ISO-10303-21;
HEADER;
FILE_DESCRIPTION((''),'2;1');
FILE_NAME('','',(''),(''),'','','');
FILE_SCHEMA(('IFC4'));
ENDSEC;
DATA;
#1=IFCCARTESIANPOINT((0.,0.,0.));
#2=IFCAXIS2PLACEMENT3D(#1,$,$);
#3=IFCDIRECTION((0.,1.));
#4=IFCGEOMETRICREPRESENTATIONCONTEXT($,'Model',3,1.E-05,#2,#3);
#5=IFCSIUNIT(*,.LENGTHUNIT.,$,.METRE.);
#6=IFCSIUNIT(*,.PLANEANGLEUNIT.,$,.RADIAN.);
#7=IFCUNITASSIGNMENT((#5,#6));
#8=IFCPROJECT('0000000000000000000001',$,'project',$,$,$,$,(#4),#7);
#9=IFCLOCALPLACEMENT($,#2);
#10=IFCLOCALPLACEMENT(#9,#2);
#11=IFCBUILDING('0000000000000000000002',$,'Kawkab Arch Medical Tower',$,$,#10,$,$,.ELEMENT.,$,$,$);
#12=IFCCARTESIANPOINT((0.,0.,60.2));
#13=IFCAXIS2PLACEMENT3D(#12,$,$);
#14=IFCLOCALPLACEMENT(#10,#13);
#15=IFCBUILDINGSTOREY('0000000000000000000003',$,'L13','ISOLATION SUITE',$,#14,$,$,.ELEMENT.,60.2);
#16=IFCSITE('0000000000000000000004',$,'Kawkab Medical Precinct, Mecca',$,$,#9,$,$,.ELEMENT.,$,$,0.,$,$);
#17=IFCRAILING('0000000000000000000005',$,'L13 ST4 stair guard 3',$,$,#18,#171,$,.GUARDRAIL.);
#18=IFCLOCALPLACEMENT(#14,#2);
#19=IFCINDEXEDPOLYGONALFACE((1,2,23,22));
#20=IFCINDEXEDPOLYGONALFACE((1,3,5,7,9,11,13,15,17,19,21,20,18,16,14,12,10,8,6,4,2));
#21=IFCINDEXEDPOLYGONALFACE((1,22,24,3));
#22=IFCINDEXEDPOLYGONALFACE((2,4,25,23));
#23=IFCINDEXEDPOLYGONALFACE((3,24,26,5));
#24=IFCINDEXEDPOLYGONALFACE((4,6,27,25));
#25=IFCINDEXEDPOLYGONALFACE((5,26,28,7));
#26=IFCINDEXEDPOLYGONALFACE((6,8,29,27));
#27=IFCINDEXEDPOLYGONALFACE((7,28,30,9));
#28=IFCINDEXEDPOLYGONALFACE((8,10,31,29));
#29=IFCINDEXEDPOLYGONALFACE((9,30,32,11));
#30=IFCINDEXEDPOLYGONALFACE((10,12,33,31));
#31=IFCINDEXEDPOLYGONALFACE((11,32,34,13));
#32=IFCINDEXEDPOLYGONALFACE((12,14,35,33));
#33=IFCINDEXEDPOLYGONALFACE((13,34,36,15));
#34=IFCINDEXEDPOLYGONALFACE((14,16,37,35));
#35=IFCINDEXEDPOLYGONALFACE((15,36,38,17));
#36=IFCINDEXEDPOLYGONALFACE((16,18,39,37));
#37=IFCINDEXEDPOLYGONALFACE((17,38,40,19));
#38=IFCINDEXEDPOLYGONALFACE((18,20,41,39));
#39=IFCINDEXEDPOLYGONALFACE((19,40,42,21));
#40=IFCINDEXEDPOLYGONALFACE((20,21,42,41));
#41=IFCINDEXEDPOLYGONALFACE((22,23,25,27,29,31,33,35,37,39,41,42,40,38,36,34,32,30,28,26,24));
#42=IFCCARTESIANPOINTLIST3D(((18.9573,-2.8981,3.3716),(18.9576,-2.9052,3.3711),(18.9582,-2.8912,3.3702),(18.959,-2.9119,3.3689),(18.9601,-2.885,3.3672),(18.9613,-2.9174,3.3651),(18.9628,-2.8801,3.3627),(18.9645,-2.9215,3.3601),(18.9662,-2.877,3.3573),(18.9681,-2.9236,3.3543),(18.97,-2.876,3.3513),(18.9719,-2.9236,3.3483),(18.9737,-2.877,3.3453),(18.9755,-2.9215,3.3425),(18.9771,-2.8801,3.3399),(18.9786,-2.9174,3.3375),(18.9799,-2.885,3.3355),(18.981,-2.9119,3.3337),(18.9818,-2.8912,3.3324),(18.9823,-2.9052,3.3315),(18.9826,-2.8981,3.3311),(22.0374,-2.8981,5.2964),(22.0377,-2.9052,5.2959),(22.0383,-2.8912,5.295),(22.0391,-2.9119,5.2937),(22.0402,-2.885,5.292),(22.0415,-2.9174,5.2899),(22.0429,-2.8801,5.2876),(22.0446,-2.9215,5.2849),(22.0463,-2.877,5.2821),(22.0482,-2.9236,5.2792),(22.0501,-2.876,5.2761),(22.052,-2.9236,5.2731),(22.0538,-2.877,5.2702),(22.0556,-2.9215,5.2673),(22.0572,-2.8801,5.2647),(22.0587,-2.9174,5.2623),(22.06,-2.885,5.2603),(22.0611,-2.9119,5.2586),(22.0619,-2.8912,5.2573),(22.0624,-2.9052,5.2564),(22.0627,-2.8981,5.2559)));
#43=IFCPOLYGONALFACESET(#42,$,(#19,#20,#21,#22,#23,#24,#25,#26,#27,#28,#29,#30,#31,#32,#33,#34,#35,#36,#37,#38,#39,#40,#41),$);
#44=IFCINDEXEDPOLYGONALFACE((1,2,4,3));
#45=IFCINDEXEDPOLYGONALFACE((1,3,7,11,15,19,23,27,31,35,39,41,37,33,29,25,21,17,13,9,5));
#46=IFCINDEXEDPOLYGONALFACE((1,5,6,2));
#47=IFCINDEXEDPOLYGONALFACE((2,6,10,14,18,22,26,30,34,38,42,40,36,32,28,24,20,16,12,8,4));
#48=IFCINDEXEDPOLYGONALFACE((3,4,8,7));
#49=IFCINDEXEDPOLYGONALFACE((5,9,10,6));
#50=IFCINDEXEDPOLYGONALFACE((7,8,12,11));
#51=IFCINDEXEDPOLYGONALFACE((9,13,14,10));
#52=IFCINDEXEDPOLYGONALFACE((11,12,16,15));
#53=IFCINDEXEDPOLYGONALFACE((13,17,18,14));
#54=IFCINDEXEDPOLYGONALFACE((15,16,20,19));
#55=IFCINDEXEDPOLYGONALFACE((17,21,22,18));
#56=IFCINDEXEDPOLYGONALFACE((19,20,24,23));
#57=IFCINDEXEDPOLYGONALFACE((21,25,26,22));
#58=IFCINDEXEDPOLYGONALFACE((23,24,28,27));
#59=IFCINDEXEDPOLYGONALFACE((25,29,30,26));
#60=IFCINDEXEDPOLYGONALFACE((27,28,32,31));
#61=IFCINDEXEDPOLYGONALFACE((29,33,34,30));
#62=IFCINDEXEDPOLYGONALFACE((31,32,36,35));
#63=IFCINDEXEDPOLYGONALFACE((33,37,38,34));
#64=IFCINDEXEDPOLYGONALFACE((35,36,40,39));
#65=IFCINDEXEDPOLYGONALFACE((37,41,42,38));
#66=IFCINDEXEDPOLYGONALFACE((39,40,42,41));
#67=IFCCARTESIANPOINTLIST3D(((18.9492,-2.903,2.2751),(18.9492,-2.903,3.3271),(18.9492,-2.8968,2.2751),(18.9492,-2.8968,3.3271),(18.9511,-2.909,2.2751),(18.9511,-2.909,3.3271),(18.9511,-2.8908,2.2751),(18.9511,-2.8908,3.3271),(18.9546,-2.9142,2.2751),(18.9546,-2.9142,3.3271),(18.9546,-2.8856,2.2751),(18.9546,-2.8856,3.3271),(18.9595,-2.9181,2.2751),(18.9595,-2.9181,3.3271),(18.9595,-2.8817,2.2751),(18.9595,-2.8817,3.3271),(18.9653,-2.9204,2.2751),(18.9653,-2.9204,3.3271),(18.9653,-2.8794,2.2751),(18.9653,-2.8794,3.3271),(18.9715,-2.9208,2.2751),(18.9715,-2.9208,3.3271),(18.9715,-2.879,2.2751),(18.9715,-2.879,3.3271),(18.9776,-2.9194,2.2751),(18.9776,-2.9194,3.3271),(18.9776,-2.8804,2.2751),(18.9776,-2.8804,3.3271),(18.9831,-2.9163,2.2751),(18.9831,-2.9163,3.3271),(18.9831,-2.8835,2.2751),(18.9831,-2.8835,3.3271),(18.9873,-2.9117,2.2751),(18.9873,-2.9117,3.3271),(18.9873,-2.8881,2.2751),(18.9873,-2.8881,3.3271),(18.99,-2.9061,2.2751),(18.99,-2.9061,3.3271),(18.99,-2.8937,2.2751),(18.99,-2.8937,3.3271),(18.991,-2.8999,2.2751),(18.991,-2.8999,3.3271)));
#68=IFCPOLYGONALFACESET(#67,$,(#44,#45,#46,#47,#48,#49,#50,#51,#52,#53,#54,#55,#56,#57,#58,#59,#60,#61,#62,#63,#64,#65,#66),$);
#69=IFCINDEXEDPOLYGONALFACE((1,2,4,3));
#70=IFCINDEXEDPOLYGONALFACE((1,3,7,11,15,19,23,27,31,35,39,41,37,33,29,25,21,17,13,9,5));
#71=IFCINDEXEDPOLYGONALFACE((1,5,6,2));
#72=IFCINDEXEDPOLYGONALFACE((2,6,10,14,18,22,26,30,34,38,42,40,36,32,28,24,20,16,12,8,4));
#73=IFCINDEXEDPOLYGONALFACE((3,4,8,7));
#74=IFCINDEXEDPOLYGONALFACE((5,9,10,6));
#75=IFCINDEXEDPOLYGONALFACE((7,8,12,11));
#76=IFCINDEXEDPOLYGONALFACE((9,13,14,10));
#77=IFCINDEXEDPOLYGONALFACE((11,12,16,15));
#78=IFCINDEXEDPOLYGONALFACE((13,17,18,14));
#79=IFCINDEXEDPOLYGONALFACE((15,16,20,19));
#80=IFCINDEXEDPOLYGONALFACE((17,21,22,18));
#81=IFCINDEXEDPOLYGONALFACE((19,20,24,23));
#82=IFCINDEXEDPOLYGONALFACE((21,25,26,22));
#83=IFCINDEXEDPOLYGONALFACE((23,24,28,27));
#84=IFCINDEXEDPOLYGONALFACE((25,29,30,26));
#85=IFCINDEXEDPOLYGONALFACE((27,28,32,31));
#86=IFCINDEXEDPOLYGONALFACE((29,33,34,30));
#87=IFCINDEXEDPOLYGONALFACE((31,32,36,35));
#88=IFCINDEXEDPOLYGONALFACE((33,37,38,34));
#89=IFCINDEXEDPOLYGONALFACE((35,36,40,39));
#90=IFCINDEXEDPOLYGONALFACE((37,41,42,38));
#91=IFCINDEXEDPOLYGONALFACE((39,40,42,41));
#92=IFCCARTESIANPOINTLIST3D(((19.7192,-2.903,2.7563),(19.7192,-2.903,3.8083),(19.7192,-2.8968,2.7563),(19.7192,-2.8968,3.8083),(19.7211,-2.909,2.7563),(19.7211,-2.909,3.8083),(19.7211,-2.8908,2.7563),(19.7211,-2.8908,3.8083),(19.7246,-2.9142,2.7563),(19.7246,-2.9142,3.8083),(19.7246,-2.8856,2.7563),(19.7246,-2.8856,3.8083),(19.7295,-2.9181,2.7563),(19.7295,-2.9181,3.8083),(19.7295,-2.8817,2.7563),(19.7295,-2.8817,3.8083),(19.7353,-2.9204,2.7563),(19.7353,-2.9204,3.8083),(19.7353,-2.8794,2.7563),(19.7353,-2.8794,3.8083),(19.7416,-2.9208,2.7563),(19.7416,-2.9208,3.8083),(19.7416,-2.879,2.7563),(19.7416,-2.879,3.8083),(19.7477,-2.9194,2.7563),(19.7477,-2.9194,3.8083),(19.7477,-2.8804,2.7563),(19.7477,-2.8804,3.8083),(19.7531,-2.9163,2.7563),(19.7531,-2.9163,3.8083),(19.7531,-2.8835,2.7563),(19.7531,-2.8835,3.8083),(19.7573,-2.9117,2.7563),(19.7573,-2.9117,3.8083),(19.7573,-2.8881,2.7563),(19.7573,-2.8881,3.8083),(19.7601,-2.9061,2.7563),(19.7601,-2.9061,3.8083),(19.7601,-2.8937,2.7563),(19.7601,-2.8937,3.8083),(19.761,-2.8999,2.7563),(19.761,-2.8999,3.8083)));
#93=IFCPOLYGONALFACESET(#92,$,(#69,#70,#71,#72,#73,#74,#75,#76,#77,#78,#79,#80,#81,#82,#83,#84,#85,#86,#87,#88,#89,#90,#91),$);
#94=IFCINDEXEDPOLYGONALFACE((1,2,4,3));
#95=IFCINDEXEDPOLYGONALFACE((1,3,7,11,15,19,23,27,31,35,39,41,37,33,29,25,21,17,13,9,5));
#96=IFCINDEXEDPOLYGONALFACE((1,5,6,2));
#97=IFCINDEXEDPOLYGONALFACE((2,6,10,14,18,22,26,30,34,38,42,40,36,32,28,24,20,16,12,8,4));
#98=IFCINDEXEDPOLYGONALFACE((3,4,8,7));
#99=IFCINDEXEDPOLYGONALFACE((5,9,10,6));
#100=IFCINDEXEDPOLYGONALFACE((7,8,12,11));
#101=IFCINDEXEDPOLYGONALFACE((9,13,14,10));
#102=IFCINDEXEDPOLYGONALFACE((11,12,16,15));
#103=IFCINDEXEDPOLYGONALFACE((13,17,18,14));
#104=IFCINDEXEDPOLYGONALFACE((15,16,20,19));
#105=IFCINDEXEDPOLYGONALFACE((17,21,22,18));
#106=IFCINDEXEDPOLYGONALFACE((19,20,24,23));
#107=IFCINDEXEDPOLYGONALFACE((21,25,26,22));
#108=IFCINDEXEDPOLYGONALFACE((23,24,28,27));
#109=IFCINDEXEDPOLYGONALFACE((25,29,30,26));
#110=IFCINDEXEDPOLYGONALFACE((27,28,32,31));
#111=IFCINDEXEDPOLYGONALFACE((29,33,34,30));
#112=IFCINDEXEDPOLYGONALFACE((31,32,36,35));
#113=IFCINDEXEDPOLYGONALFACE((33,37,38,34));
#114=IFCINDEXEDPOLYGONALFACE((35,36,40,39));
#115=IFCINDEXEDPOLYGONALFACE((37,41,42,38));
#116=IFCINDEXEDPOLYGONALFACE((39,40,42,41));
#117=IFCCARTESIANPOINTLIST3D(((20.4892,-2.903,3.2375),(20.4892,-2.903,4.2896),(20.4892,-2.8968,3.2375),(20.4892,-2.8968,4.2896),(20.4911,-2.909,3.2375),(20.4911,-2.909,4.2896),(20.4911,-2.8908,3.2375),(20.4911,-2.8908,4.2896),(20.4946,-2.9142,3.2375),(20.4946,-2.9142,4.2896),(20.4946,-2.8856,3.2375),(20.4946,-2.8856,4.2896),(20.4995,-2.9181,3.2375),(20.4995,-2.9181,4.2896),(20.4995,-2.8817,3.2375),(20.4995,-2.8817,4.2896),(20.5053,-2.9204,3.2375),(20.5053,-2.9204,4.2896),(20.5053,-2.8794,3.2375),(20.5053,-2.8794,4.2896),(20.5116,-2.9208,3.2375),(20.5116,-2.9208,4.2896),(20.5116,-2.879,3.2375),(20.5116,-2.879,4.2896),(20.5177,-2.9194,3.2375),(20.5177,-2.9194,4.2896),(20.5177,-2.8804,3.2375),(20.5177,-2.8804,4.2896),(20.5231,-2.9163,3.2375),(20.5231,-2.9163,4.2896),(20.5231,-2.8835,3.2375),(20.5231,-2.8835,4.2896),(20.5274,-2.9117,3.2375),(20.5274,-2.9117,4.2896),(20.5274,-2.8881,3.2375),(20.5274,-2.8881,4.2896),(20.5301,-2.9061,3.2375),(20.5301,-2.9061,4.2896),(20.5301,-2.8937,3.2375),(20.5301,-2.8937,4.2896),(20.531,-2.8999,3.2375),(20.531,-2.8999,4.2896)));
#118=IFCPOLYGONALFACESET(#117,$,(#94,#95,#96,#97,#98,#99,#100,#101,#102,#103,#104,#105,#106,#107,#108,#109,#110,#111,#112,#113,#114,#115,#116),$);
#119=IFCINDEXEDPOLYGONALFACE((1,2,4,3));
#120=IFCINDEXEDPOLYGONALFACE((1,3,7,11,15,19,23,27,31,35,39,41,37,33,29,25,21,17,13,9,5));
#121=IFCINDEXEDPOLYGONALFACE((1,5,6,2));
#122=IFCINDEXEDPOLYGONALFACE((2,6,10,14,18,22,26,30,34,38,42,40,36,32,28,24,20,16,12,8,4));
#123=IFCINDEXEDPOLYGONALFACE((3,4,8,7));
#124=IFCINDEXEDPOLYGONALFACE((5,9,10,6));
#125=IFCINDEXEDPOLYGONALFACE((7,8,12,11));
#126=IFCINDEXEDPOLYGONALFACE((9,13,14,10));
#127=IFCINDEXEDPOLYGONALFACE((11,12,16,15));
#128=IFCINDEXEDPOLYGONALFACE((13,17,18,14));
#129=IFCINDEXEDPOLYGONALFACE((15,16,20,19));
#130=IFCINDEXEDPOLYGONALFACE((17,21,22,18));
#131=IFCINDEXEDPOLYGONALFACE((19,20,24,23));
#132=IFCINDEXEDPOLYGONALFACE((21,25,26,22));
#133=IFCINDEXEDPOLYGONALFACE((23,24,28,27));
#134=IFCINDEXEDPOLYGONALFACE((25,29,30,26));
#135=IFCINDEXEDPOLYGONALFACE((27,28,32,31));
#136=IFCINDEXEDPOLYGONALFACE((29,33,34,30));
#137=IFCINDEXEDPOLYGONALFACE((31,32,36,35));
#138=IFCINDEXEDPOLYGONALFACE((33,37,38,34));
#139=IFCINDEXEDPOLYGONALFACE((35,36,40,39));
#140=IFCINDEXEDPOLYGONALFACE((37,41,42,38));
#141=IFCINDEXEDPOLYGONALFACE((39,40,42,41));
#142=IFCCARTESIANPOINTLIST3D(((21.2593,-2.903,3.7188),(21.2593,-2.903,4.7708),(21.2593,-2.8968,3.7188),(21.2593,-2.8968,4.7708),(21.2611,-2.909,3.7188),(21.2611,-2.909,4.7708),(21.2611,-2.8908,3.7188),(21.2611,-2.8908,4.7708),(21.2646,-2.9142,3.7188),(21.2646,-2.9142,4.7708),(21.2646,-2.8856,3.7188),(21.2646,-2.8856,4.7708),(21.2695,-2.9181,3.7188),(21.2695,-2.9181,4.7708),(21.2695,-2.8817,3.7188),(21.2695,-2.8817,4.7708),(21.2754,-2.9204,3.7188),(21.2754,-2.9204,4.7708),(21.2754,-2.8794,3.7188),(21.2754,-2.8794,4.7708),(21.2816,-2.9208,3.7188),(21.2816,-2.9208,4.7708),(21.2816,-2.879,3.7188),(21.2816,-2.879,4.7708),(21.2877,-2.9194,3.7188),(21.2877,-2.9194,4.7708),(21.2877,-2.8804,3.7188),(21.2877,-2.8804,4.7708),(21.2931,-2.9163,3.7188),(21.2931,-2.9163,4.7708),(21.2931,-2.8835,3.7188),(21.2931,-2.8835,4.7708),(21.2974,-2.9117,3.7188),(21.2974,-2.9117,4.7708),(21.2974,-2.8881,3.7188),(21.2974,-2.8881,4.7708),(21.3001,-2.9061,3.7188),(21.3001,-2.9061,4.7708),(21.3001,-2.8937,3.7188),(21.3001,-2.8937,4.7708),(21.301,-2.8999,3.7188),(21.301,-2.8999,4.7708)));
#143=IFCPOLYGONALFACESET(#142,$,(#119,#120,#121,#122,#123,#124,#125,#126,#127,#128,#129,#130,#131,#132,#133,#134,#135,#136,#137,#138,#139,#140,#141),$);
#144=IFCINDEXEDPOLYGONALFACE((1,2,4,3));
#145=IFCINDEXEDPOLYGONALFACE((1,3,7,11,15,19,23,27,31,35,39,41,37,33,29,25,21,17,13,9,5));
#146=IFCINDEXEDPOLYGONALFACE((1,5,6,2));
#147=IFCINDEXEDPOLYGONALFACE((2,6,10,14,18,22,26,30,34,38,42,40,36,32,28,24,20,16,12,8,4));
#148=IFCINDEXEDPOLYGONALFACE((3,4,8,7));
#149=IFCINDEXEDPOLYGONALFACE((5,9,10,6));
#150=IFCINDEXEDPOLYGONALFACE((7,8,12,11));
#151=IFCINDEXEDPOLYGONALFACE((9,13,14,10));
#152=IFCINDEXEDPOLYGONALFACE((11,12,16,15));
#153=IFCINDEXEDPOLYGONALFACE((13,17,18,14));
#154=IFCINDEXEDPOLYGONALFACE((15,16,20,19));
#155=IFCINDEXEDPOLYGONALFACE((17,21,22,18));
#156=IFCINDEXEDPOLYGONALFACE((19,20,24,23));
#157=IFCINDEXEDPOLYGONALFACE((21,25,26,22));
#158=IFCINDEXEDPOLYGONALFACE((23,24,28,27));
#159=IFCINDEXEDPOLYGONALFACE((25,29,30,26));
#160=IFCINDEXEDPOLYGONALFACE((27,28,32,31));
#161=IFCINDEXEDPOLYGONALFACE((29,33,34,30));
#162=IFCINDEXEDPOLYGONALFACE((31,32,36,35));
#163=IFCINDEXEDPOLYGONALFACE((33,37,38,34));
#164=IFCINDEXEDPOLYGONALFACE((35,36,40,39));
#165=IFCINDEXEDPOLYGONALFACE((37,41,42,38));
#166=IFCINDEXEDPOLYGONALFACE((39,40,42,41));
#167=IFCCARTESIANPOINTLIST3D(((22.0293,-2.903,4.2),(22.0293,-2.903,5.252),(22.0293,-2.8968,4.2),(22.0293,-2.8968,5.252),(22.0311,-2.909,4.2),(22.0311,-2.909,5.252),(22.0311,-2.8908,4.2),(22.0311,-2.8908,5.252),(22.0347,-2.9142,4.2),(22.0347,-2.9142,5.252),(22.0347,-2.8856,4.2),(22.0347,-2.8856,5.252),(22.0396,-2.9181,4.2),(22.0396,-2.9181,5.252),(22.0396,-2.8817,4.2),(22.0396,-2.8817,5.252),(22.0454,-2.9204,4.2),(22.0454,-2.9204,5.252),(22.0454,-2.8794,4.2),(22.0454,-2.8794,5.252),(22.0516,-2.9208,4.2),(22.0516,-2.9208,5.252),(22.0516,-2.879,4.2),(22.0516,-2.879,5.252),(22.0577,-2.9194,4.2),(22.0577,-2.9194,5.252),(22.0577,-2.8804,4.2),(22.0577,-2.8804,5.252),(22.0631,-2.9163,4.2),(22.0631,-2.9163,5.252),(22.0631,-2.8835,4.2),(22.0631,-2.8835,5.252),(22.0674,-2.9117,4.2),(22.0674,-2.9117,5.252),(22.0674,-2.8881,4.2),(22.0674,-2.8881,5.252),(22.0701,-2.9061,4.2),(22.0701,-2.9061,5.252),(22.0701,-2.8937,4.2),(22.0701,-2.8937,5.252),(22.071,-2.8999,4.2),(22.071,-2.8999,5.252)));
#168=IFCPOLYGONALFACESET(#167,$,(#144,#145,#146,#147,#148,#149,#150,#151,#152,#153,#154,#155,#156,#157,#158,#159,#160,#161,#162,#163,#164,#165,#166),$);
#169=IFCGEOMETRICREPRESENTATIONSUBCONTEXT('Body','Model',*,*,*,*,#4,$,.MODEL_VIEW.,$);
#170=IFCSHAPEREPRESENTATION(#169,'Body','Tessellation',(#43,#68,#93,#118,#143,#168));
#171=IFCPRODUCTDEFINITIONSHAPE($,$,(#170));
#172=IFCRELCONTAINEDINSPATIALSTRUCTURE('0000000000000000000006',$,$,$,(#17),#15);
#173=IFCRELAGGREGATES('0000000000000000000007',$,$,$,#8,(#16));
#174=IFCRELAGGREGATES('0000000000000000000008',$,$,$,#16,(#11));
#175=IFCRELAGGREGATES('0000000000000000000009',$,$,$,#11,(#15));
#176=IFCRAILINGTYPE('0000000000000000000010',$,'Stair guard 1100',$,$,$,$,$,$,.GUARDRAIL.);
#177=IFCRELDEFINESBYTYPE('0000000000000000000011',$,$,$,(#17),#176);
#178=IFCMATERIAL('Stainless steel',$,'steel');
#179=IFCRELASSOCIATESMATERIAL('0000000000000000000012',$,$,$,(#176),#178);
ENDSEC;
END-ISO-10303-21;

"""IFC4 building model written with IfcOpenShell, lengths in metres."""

from ifc_helpers import new_model, si_unit, direction, frame, origin, origin_2d, place, context, subcontext, project, spatial, circle, extrude, material, type_object, element, save


model = new_model("IFC4")

# Units and contexts
model_context = context("Model", 3, precision=1e-05, world=origin(), true_north=direction((0.0, 1.0)))
body_context = subcontext(model_context, "Body", "Model", "MODEL_VIEW")
ifc_project = project(units=[si_unit("LENGTHUNIT", "METRE"), si_unit("PLANEANGLEUNIT", "RADIAN")], contexts=[model_context])

# Site, building, storey
site_placement = place(None, origin())
site = spatial("IfcSite", under=ifc_project, at=site_placement, Name="Kawkab Medical Precinct, Mecca", CompositionType="ELEMENT", RefElevation=0.0)
building_placement = place(site_placement, origin())
building = spatial("IfcBuilding", under=site, at=building_placement, Name="Kawkab Arch Medical Tower", CompositionType="ELEMENT")
storey_placement = place(building_placement, frame((0.0, 0.0, 60.2)))
storey = spatial("IfcBuildingStorey", under=building, at=storey_placement, Name="L13", Description="ISOLATION SUITE", CompositionType="ELEMENT", Elevation=60.2)

# Railing
ifc_material_1 = material(Name="Stainless steel", Category="steel")
railing_type_1 = type_object("IfcRailingType", Name="Stair guard 1100", PredefinedType="GUARDRAIL", material=ifc_material_1)
railing_1_placement = place(storey_placement, frame((18.97, -2.8999, 2.2751)))
element("IfcRailing", 1, at=railing_1_placement, inside=storey, type_object=railing_type_1, Name="L13 ST4 stair guard 3", PredefinedType="GUARDRAIL", context=body_context, shape_type="SweptSolid", body=[
    extrude(circle(Radius=0.0239, at=origin_2d()), frame((0.0, 0.0, 1.0762), z_axis=(0.848029, 0.0, 0.529951), x_axis=(0.0, 1.0, 0.0)), (0.0, 0.0, 1.0), 3.6321),
    extrude(circle(Radius=0.021, at=origin_2d()), origin(), (0.0, 0.0, 1.0), 1.052),
    extrude(circle(Radius=0.021, at=origin_2d()), frame((0.77, 0.0, 0.4812)), (0.0, 0.0, 1.0), 1.052),
    extrude(circle(Radius=0.021, at=origin_2d()), frame((1.54, 0.0, 0.9624)), (0.0, 0.0, 1.0), 1.052),
    extrude(circle(Radius=0.021, at=origin_2d()), frame((2.3101, 0.0, 1.4436)), (0.0, 0.0, 1.0), 1.052),
    extrude(circle(Radius=0.021, at=origin_2d()), frame((3.0801, 0.0, 1.9248)), (0.0, 0.0, 1.0), 1.052),
])

save(model, "model.ifc")
